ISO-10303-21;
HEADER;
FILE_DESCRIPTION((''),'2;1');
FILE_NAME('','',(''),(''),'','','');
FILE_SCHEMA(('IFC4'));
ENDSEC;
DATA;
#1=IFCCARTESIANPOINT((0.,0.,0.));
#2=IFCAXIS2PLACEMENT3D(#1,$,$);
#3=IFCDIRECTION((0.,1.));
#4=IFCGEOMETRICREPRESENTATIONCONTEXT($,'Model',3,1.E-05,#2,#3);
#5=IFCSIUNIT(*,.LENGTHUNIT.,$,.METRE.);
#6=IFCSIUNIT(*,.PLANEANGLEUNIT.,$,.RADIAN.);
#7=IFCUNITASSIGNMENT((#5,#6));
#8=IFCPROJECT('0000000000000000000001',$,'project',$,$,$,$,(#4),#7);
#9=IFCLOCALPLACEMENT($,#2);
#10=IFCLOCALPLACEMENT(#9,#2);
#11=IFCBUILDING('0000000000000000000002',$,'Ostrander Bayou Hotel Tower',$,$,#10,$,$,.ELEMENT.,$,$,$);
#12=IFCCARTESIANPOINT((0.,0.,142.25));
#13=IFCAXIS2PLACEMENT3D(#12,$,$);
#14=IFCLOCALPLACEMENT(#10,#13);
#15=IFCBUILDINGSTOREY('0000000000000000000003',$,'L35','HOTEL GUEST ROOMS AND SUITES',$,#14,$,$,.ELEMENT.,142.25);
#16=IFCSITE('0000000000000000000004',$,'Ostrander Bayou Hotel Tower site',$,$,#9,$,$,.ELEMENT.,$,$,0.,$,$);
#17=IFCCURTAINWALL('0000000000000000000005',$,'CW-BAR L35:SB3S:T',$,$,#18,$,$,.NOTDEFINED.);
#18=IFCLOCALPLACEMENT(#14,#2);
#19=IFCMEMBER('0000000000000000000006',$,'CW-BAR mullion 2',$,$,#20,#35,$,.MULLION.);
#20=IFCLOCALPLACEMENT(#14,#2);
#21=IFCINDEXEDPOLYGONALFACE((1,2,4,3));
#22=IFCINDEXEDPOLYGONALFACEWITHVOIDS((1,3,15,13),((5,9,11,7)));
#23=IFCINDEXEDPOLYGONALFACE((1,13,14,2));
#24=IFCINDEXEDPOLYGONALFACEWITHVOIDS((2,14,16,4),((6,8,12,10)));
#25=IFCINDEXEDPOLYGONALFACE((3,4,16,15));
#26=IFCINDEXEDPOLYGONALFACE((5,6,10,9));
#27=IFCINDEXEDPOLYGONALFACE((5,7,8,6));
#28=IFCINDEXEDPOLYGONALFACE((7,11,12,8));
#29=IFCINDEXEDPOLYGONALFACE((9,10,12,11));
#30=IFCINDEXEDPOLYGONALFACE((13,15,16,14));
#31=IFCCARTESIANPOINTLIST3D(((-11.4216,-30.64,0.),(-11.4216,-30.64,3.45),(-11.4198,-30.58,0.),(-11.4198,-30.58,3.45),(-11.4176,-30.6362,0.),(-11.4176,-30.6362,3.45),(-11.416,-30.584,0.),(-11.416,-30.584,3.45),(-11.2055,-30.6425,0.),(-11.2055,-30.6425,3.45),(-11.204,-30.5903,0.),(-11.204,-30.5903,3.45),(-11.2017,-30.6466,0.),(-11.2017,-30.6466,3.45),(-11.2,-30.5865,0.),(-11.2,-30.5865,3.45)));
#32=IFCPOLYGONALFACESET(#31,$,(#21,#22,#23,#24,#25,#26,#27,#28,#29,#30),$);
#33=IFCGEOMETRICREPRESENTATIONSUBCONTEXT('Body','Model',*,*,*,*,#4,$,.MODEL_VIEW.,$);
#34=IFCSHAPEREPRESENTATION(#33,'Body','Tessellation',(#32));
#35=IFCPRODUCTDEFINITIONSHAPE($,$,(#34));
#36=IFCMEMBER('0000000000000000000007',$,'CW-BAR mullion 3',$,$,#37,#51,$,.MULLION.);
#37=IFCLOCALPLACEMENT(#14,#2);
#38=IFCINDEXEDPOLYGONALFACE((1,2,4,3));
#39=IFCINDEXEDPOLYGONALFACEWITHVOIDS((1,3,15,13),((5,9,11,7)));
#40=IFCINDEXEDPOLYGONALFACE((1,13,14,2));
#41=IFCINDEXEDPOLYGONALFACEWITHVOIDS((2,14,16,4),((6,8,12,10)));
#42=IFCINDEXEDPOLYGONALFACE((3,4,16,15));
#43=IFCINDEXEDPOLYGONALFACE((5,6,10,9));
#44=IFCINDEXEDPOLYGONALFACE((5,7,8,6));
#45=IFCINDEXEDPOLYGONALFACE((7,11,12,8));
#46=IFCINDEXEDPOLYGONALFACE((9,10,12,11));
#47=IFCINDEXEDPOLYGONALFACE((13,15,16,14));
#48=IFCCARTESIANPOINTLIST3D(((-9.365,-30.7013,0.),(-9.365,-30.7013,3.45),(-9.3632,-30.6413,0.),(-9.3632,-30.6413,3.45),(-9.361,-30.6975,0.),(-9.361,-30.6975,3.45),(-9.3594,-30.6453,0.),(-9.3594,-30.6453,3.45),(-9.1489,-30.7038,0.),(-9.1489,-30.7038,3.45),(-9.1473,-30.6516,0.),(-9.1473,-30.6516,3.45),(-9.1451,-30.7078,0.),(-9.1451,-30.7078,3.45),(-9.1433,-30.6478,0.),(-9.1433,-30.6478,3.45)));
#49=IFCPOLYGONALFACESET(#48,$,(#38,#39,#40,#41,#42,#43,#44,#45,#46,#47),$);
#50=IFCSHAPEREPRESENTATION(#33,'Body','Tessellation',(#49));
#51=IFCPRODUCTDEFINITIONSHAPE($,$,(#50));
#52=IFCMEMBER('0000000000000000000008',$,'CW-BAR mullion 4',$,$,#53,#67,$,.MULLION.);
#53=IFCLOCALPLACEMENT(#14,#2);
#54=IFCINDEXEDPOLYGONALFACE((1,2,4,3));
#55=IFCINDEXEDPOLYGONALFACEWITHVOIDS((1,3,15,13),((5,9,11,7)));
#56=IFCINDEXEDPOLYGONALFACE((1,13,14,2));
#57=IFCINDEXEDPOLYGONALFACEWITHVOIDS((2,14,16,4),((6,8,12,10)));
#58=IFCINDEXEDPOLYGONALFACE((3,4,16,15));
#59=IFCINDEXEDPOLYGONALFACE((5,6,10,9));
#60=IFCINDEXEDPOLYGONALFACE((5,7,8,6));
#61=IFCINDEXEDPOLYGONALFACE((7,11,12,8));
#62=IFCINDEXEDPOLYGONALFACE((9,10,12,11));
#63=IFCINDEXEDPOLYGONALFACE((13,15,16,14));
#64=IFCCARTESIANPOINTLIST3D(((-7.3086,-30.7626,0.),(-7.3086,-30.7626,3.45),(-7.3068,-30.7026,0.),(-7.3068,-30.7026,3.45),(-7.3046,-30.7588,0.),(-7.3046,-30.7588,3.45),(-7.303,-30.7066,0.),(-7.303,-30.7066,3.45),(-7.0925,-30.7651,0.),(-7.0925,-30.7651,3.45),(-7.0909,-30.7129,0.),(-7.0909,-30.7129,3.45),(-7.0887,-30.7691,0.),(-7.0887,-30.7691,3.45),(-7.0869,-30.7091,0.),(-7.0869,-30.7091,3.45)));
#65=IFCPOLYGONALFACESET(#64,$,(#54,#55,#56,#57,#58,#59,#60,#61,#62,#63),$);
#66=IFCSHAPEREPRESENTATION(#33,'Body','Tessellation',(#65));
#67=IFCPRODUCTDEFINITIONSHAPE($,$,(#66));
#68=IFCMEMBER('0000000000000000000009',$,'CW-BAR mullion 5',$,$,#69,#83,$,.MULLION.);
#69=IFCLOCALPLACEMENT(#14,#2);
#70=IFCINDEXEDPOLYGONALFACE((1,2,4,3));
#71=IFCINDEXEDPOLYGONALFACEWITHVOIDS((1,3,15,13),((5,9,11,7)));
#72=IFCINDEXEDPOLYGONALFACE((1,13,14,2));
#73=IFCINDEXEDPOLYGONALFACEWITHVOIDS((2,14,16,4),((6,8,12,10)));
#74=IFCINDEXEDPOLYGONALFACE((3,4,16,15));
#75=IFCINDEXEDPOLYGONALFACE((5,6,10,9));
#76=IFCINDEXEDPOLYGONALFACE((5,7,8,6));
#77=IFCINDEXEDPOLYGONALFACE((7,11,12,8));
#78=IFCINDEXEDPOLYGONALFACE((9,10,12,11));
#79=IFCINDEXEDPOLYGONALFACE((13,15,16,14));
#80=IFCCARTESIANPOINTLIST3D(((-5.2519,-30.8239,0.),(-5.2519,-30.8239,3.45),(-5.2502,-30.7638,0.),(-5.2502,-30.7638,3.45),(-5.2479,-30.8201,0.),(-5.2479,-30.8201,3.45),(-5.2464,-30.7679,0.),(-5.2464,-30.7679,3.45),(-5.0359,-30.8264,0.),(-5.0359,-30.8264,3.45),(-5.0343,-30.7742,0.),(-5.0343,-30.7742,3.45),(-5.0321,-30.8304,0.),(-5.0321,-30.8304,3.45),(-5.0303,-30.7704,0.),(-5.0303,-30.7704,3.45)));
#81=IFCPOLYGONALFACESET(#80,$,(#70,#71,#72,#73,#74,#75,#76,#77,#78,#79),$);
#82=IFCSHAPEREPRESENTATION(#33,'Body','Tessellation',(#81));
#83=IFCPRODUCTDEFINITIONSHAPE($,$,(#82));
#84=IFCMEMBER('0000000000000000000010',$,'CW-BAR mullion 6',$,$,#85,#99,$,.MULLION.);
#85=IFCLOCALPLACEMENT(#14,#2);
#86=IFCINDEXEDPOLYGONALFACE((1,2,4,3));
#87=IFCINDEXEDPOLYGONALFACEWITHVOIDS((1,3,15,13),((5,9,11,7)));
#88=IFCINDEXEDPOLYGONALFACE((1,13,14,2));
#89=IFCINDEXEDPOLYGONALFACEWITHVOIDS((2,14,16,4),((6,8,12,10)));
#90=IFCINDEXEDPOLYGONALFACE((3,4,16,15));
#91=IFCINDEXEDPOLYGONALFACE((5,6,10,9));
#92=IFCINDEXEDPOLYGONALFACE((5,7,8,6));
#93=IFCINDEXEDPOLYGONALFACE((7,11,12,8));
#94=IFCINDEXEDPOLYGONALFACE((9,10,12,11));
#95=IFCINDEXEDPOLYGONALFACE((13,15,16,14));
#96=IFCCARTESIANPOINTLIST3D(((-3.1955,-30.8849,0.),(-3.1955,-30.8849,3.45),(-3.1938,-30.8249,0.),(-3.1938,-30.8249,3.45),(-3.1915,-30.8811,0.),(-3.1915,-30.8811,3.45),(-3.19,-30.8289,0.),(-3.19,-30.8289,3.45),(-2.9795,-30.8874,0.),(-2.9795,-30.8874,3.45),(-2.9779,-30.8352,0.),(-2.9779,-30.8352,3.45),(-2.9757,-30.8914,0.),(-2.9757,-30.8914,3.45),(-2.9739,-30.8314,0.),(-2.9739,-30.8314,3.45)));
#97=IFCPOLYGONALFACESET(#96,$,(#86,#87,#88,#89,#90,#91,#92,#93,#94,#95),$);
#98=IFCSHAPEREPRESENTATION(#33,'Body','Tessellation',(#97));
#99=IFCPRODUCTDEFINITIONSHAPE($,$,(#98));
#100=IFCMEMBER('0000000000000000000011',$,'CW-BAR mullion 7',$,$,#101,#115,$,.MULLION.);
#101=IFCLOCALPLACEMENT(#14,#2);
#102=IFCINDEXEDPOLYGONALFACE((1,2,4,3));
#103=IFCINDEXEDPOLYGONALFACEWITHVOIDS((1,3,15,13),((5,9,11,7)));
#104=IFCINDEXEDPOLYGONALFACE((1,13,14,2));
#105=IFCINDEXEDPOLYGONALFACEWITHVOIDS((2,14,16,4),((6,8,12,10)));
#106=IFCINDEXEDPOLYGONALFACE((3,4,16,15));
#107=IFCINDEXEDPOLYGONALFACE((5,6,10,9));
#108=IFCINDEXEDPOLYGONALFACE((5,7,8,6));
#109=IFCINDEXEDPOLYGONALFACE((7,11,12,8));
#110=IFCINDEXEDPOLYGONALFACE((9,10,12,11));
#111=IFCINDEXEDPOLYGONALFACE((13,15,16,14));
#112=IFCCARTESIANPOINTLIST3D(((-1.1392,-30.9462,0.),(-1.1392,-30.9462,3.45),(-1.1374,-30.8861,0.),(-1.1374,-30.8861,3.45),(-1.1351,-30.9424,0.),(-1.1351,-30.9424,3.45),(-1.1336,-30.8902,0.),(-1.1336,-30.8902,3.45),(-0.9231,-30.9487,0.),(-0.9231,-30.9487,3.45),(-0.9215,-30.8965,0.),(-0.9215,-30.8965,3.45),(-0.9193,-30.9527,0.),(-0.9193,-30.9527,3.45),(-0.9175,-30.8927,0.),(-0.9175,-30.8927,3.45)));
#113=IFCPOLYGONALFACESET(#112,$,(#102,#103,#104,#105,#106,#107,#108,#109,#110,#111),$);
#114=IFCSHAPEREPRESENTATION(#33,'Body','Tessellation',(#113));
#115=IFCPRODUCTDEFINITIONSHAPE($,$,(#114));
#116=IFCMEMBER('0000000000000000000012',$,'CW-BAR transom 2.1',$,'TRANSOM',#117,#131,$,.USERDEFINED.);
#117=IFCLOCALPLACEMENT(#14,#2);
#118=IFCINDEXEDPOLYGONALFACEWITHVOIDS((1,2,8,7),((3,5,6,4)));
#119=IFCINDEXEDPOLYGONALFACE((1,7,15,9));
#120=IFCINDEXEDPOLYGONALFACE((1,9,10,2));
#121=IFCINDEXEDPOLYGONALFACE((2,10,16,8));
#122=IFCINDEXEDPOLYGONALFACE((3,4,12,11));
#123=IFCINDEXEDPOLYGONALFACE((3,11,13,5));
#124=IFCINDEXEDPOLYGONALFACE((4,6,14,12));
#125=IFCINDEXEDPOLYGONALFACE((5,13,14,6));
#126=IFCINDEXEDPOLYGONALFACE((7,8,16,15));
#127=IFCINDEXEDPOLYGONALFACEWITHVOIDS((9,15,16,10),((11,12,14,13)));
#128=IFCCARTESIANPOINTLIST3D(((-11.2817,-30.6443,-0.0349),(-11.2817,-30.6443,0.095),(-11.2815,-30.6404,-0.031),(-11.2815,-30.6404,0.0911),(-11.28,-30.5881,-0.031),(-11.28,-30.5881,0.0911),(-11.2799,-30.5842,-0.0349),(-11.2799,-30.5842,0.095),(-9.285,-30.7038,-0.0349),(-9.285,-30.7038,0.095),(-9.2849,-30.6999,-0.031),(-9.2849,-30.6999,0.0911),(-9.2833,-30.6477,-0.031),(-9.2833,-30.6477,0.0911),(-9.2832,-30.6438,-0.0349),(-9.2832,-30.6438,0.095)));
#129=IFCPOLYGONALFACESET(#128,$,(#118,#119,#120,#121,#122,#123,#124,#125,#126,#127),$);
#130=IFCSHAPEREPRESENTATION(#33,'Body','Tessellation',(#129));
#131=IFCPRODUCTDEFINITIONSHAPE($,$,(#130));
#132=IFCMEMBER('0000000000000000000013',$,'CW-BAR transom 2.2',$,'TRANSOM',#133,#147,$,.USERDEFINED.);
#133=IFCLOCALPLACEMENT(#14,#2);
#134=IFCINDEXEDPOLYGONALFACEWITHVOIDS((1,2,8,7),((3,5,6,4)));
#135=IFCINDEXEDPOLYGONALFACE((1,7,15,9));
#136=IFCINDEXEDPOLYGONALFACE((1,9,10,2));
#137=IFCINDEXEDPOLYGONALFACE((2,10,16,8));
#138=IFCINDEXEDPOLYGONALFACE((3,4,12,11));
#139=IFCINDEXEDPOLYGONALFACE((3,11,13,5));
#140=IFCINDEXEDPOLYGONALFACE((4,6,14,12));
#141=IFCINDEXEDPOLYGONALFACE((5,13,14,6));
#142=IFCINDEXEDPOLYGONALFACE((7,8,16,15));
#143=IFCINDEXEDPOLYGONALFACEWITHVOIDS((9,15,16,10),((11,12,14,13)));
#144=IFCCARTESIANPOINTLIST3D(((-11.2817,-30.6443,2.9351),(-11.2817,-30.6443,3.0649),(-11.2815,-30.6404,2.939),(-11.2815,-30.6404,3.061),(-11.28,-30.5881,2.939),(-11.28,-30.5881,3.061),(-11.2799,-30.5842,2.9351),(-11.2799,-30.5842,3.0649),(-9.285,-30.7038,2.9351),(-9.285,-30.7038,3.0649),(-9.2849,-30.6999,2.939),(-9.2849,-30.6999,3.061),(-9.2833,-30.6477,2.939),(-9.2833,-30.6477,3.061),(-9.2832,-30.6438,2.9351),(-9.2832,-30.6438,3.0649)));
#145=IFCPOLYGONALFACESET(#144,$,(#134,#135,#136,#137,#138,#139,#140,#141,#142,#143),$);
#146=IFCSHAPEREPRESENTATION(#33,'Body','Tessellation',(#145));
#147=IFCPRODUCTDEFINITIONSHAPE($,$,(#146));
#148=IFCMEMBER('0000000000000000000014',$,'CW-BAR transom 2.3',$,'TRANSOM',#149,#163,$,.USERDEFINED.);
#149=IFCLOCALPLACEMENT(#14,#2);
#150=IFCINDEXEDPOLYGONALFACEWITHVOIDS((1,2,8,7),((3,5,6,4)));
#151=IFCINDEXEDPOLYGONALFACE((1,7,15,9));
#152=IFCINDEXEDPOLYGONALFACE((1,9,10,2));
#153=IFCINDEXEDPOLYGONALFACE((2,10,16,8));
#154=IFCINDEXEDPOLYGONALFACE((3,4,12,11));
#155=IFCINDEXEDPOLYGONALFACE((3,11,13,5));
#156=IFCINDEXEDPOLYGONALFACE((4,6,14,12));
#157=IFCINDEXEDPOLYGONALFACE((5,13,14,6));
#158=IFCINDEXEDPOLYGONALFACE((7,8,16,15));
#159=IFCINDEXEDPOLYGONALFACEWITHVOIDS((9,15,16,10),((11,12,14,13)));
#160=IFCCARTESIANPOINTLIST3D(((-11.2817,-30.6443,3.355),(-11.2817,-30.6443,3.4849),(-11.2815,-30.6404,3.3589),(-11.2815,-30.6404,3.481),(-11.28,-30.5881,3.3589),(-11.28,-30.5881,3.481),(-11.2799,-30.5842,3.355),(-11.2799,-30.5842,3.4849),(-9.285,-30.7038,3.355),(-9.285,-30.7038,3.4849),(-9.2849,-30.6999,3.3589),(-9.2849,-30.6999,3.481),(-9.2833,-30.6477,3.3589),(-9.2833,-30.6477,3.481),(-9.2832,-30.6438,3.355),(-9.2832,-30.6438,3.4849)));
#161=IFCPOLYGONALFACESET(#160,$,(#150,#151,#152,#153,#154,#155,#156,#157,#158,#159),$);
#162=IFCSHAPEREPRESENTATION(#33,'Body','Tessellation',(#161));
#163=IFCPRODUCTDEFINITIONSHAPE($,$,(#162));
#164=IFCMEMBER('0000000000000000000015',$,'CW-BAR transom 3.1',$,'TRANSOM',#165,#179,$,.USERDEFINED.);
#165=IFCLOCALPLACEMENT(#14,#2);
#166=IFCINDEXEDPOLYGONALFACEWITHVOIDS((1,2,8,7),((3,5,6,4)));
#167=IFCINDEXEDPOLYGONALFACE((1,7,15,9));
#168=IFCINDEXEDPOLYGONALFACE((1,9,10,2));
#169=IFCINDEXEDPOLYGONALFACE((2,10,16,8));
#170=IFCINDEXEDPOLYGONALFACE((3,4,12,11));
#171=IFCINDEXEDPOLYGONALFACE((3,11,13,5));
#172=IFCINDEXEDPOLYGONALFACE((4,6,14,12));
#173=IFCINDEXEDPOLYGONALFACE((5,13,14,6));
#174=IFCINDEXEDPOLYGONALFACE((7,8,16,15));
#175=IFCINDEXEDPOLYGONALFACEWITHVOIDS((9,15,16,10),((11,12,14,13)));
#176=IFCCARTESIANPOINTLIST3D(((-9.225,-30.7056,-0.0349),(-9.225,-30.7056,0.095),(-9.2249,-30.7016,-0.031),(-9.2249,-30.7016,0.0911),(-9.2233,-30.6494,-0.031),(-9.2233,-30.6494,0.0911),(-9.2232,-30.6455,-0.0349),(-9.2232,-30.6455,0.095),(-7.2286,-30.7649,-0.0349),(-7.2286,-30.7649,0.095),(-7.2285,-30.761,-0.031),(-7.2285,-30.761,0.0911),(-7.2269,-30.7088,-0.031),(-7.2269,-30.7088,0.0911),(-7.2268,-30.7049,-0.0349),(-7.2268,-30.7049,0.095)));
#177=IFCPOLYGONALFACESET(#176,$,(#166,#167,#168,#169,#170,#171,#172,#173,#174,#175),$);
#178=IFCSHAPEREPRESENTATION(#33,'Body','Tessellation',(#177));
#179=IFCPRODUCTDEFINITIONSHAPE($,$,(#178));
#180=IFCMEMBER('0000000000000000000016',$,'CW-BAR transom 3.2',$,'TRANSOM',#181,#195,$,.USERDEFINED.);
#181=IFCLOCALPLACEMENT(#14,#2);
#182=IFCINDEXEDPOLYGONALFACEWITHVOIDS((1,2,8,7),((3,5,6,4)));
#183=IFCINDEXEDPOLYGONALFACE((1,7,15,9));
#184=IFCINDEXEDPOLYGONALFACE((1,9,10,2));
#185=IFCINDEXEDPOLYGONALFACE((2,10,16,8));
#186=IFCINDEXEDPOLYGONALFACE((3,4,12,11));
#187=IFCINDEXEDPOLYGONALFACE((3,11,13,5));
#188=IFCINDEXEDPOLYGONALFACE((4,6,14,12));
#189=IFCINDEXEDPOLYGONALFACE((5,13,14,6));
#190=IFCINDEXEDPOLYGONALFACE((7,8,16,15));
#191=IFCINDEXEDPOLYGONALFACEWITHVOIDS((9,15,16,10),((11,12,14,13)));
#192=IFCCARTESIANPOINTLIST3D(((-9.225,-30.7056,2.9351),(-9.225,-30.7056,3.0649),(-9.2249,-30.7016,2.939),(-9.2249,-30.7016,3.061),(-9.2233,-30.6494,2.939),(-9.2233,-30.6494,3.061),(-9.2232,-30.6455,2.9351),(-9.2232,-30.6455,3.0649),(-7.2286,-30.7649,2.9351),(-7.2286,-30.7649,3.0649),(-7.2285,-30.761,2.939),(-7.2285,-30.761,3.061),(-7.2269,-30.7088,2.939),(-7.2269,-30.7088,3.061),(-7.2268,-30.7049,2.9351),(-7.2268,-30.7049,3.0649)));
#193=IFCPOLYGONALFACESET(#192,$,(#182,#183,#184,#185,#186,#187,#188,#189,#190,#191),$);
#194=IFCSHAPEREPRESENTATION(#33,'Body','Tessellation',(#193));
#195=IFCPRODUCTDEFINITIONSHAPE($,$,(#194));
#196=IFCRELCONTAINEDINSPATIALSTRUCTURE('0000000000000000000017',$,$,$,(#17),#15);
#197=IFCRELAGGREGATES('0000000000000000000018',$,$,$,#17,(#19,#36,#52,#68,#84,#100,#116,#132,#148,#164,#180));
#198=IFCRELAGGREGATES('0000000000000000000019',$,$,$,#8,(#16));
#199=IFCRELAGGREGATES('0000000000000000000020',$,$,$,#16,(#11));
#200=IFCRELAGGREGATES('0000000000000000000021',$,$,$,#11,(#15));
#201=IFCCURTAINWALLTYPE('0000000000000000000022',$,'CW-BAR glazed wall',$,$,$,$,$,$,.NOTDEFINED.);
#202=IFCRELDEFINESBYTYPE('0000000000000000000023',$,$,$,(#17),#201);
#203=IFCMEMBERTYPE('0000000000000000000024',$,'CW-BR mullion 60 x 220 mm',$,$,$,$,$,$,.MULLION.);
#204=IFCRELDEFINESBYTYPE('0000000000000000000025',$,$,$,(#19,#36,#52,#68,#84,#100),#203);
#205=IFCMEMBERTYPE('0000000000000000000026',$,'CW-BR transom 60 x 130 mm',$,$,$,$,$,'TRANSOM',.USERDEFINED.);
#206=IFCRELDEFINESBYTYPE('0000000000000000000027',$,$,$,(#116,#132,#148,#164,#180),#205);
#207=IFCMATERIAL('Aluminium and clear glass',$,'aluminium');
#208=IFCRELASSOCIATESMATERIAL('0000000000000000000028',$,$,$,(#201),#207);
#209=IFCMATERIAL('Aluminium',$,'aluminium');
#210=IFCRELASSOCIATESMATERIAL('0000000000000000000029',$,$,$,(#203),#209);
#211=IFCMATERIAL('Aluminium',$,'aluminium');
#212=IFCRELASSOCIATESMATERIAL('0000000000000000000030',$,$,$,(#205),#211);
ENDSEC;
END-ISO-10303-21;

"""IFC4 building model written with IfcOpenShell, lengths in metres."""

from ifc_helpers import new_model, si_unit, direction, frame, origin, origin_2d, place, context, subcontext, project, spatial, hollow_rectangle, extrude, material, material_profile, profile_set, type_object, element, aggregate, save


model = new_model("IFC4")

# Units and contexts
model_context = context("Model", 3, precision=1e-05, world=origin(), true_north=direction((0.0, 1.0)))
body_context = subcontext(model_context, "Body", "Model", "MODEL_VIEW")
ifc_project = project(units=[si_unit("LENGTHUNIT", "METRE"), si_unit("PLANEANGLEUNIT", "RADIAN")], contexts=[model_context])

# Site, building, storey
site_placement = place(None, origin())
site = spatial("IfcSite", under=ifc_project, at=site_placement, Name="Ostrander Bayou Hotel Tower site", CompositionType="ELEMENT", RefElevation=0.0)
building_placement = place(site_placement, origin())
building = spatial("IfcBuilding", under=site, at=building_placement, Name="Ostrander Bayou Hotel Tower", CompositionType="ELEMENT")
storey_placement = place(building_placement, frame((0.0, 0.0, 142.25)))
storey = spatial("IfcBuildingStorey", under=building, at=storey_placement, Name="L35", Description="HOTEL GUEST ROOMS AND SUITES", CompositionType="ELEMENT", Elevation=142.25)

# Curtain wall, members
ifc_material_1 = material(Name="Aluminium and clear glass", Category="aluminium")
curtain_wall_type = type_object("IfcCurtainWallType", Name="CW-BAR glazed wall", PredefinedType="NOTDEFINED", material=ifc_material_1)
curtain_wall_placement = place(storey_placement, origin())
curtain_wall = element("IfcCurtainWall", 1, at=curtain_wall_placement, inside=storey, type_object=curtain_wall_type, Name="CW-BAR L35:SB3S:T", PredefinedType="NOTDEFINED")
ifc_material_2 = material(Name="Aluminium", Category="aluminium")
ifc_material_profile_1 = material_profile(ifc_material_2, hollow_rectangle(XDim=0.0601, YDim=0.22, WallThickness=0.0039, at=origin_2d()))
ifc_profile_set_1 = profile_set([ifc_material_profile_1], Name="Aluminium")
member_type_1 = type_object("IfcMemberType", Name="CW-BR mullion 60 x 220 mm", PredefinedType="MULLION", material=ifc_profile_set_1)
member_1_placement = place(storey_placement, frame((-11.3108, -30.6133, 0.0), z_axis=(0.0, 0.0, 1.0), x_axis=(0.029746, 0.999557, 0.0)))
member_1 = element("IfcMember", 2, at=member_1_placement, type_object=member_type_1, Name="CW-BAR mullion 2", PredefinedType="MULLION", context=body_context, shape_type="SweptSolid", body=[
    extrude(hollow_rectangle(XDim=0.0601, YDim=0.22, WallThickness=0.0039, at=origin_2d()), origin(), (0.0, 0.0, 1.0), 3.45),
])
member_2_placement = place(storey_placement, frame((-9.2542, -30.6746, 0.0), z_axis=(0.0, 0.0, 1.0), x_axis=(0.029746, 0.999557, 0.0)))
member_2 = element("IfcMember", 3, at=member_2_placement, type_object=member_type_1, Name="CW-BAR mullion 3", PredefinedType="MULLION", context=body_context, shape_type="SweptSolid", body=[
    extrude(hollow_rectangle(XDim=0.0601, YDim=0.22, WallThickness=0.0039, at=origin_2d()), origin(), (0.0, 0.0, 1.0), 3.45),
])
member_3_placement = place(storey_placement, frame((-7.1978, -30.7358, 0.0), z_axis=(0.0, 0.0, 1.0), x_axis=(0.029746, 0.999557, 0.0)))
member_3 = element("IfcMember", 4, at=member_3_placement, type_object=member_type_1, Name="CW-BAR mullion 4", PredefinedType="MULLION", context=body_context, shape_type="SweptSolid", body=[
    extrude(hollow_rectangle(XDim=0.0601, YDim=0.22, WallThickness=0.0039, at=origin_2d()), origin(), (0.0, 0.0, 1.0), 3.45),
])
member_4_placement = place(storey_placement, frame((-5.1411, -30.7971, 0.0), z_axis=(0.0, 0.0, 1.0), x_axis=(0.029746, 0.999557, 0.0)))
member_4 = element("IfcMember", 5, at=member_4_placement, type_object=member_type_1, Name="CW-BAR mullion 5", PredefinedType="MULLION", context=body_context, shape_type="SweptSolid", body=[
    extrude(hollow_rectangle(XDim=0.0601, YDim=0.22, WallThickness=0.0039, at=origin_2d()), origin(), (0.0, 0.0, 1.0), 3.45),
])
member_5_placement = place(storey_placement, frame((-3.0847, -30.8582, 0.0), z_axis=(0.0, 0.0, 1.0), x_axis=(0.029746, 0.999557, 0.0)))
member_5 = element("IfcMember", 6, at=member_5_placement, type_object=member_type_1, Name="CW-BAR mullion 6", PredefinedType="MULLION", context=body_context, shape_type="SweptSolid", body=[
    extrude(hollow_rectangle(XDim=0.0601, YDim=0.22, WallThickness=0.0039, at=origin_2d()), origin(), (0.0, 0.0, 1.0), 3.45),
])
member_6_placement = place(storey_placement, frame((-1.0283, -30.9194, 0.0), z_axis=(0.0, 0.0, 1.0), x_axis=(0.029746, 0.999557, 0.0)))
member_6 = element("IfcMember", 7, at=member_6_placement, type_object=member_type_1, Name="CW-BAR mullion 7", PredefinedType="MULLION", context=body_context, shape_type="SweptSolid", body=[
    extrude(hollow_rectangle(XDim=0.0601, YDim=0.22, WallThickness=0.0039, at=origin_2d()), origin(), (0.0, 0.0, 1.0), 3.45),
])
ifc_material_3 = material(Name="Aluminium", Category="aluminium")
ifc_material_profile_2 = material_profile(ifc_material_3, hollow_rectangle(XDim=0.0601, YDim=0.1299, WallThickness=0.0039, at=origin_2d()))
ifc_profile_set_2 = profile_set([ifc_material_profile_2], Name="Aluminium")
member_type_2 = type_object("IfcMemberType", Name="CW-BR transom 60 x 130 mm", ElementType="TRANSOM", PredefinedType="USERDEFINED", material=ifc_profile_set_2)
member_7_placement = place(storey_placement, frame((-11.2808, -30.6143, 0.03), z_axis=(0.999555, -0.029823, 0.0), x_axis=(0.029823, 0.999555, 0.0)))
member_7 = element("IfcMember", 8, at=member_7_placement, type_object=member_type_2, Name="CW-BAR transom 2.1", ObjectType="TRANSOM", PredefinedType="USERDEFINED", context=body_context, shape_type="SweptSolid", body=[
    extrude(hollow_rectangle(XDim=0.0601, YDim=0.1299, WallThickness=0.0039, at=origin_2d()), origin(), (0.0, 0.0, 1.0), 1.9976),
])
member_8_placement = place(storey_placement, frame((-11.2808, -30.6143, 3.0), z_axis=(0.999555, -0.029823, 0.0), x_axis=(0.029823, 0.999555, 0.0)))
member_8 = element("IfcMember", 9, at=member_8_placement, type_object=member_type_2, Name="CW-BAR transom 2.2", ObjectType="TRANSOM", PredefinedType="USERDEFINED", context=body_context, shape_type="SweptSolid", body=[
    extrude(hollow_rectangle(XDim=0.0601, YDim=0.1299, WallThickness=0.0039, at=origin_2d()), origin(), (0.0, 0.0, 1.0), 1.9976),
])
member_9_placement = place(storey_placement, frame((-11.2808, -30.6143, 3.4199), z_axis=(0.999555, -0.029823, 0.0), x_axis=(0.029823, 0.999555, 0.0)))
member_9 = element("IfcMember", 10, at=member_9_placement, type_object=member_type_2, Name="CW-BAR transom 2.3", ObjectType="TRANSOM", PredefinedType="USERDEFINED", context=body_context, shape_type="SweptSolid", body=[
    extrude(hollow_rectangle(XDim=0.0601, YDim=0.1299, WallThickness=0.0039, at=origin_2d()), origin(), (0.0, 0.0, 1.0), 1.9976),
])
member_10_placement = place(storey_placement, frame((-9.2241, -30.6755, 0.03), z_axis=(0.999559, -0.029704, 0.0), x_axis=(0.029704, 0.999559, 0.0)))
member_10 = element("IfcMember", 11, at=member_10_placement, type_object=member_type_2, Name="CW-BAR transom 3.1", ObjectType="TRANSOM", PredefinedType="USERDEFINED", context=body_context, shape_type="SweptSolid", body=[
    extrude(hollow_rectangle(XDim=0.0601, YDim=0.1299, WallThickness=0.0039, at=origin_2d()), origin(), (0.0, 0.0, 1.0), 1.9973),
])
member_11_placement = place(storey_placement, frame((-9.2241, -30.6755, 3.0), z_axis=(0.999559, -0.029704, 0.0), x_axis=(0.029704, 0.999559, 0.0)))
member_11 = element("IfcMember", 12, at=member_11_placement, type_object=member_type_2, Name="CW-BAR transom 3.2", ObjectType="TRANSOM", PredefinedType="USERDEFINED", context=body_context, shape_type="SweptSolid", body=[
    extrude(hollow_rectangle(XDim=0.0601, YDim=0.1299, WallThickness=0.0039, at=origin_2d()), origin(), (0.0, 0.0, 1.0), 1.9973),
])
aggregate(curtain_wall, [member_1, member_2, member_3, member_4, member_5, member_6, member_7, member_8, member_9, member_10, member_11])

save(model, "model.ifc")
